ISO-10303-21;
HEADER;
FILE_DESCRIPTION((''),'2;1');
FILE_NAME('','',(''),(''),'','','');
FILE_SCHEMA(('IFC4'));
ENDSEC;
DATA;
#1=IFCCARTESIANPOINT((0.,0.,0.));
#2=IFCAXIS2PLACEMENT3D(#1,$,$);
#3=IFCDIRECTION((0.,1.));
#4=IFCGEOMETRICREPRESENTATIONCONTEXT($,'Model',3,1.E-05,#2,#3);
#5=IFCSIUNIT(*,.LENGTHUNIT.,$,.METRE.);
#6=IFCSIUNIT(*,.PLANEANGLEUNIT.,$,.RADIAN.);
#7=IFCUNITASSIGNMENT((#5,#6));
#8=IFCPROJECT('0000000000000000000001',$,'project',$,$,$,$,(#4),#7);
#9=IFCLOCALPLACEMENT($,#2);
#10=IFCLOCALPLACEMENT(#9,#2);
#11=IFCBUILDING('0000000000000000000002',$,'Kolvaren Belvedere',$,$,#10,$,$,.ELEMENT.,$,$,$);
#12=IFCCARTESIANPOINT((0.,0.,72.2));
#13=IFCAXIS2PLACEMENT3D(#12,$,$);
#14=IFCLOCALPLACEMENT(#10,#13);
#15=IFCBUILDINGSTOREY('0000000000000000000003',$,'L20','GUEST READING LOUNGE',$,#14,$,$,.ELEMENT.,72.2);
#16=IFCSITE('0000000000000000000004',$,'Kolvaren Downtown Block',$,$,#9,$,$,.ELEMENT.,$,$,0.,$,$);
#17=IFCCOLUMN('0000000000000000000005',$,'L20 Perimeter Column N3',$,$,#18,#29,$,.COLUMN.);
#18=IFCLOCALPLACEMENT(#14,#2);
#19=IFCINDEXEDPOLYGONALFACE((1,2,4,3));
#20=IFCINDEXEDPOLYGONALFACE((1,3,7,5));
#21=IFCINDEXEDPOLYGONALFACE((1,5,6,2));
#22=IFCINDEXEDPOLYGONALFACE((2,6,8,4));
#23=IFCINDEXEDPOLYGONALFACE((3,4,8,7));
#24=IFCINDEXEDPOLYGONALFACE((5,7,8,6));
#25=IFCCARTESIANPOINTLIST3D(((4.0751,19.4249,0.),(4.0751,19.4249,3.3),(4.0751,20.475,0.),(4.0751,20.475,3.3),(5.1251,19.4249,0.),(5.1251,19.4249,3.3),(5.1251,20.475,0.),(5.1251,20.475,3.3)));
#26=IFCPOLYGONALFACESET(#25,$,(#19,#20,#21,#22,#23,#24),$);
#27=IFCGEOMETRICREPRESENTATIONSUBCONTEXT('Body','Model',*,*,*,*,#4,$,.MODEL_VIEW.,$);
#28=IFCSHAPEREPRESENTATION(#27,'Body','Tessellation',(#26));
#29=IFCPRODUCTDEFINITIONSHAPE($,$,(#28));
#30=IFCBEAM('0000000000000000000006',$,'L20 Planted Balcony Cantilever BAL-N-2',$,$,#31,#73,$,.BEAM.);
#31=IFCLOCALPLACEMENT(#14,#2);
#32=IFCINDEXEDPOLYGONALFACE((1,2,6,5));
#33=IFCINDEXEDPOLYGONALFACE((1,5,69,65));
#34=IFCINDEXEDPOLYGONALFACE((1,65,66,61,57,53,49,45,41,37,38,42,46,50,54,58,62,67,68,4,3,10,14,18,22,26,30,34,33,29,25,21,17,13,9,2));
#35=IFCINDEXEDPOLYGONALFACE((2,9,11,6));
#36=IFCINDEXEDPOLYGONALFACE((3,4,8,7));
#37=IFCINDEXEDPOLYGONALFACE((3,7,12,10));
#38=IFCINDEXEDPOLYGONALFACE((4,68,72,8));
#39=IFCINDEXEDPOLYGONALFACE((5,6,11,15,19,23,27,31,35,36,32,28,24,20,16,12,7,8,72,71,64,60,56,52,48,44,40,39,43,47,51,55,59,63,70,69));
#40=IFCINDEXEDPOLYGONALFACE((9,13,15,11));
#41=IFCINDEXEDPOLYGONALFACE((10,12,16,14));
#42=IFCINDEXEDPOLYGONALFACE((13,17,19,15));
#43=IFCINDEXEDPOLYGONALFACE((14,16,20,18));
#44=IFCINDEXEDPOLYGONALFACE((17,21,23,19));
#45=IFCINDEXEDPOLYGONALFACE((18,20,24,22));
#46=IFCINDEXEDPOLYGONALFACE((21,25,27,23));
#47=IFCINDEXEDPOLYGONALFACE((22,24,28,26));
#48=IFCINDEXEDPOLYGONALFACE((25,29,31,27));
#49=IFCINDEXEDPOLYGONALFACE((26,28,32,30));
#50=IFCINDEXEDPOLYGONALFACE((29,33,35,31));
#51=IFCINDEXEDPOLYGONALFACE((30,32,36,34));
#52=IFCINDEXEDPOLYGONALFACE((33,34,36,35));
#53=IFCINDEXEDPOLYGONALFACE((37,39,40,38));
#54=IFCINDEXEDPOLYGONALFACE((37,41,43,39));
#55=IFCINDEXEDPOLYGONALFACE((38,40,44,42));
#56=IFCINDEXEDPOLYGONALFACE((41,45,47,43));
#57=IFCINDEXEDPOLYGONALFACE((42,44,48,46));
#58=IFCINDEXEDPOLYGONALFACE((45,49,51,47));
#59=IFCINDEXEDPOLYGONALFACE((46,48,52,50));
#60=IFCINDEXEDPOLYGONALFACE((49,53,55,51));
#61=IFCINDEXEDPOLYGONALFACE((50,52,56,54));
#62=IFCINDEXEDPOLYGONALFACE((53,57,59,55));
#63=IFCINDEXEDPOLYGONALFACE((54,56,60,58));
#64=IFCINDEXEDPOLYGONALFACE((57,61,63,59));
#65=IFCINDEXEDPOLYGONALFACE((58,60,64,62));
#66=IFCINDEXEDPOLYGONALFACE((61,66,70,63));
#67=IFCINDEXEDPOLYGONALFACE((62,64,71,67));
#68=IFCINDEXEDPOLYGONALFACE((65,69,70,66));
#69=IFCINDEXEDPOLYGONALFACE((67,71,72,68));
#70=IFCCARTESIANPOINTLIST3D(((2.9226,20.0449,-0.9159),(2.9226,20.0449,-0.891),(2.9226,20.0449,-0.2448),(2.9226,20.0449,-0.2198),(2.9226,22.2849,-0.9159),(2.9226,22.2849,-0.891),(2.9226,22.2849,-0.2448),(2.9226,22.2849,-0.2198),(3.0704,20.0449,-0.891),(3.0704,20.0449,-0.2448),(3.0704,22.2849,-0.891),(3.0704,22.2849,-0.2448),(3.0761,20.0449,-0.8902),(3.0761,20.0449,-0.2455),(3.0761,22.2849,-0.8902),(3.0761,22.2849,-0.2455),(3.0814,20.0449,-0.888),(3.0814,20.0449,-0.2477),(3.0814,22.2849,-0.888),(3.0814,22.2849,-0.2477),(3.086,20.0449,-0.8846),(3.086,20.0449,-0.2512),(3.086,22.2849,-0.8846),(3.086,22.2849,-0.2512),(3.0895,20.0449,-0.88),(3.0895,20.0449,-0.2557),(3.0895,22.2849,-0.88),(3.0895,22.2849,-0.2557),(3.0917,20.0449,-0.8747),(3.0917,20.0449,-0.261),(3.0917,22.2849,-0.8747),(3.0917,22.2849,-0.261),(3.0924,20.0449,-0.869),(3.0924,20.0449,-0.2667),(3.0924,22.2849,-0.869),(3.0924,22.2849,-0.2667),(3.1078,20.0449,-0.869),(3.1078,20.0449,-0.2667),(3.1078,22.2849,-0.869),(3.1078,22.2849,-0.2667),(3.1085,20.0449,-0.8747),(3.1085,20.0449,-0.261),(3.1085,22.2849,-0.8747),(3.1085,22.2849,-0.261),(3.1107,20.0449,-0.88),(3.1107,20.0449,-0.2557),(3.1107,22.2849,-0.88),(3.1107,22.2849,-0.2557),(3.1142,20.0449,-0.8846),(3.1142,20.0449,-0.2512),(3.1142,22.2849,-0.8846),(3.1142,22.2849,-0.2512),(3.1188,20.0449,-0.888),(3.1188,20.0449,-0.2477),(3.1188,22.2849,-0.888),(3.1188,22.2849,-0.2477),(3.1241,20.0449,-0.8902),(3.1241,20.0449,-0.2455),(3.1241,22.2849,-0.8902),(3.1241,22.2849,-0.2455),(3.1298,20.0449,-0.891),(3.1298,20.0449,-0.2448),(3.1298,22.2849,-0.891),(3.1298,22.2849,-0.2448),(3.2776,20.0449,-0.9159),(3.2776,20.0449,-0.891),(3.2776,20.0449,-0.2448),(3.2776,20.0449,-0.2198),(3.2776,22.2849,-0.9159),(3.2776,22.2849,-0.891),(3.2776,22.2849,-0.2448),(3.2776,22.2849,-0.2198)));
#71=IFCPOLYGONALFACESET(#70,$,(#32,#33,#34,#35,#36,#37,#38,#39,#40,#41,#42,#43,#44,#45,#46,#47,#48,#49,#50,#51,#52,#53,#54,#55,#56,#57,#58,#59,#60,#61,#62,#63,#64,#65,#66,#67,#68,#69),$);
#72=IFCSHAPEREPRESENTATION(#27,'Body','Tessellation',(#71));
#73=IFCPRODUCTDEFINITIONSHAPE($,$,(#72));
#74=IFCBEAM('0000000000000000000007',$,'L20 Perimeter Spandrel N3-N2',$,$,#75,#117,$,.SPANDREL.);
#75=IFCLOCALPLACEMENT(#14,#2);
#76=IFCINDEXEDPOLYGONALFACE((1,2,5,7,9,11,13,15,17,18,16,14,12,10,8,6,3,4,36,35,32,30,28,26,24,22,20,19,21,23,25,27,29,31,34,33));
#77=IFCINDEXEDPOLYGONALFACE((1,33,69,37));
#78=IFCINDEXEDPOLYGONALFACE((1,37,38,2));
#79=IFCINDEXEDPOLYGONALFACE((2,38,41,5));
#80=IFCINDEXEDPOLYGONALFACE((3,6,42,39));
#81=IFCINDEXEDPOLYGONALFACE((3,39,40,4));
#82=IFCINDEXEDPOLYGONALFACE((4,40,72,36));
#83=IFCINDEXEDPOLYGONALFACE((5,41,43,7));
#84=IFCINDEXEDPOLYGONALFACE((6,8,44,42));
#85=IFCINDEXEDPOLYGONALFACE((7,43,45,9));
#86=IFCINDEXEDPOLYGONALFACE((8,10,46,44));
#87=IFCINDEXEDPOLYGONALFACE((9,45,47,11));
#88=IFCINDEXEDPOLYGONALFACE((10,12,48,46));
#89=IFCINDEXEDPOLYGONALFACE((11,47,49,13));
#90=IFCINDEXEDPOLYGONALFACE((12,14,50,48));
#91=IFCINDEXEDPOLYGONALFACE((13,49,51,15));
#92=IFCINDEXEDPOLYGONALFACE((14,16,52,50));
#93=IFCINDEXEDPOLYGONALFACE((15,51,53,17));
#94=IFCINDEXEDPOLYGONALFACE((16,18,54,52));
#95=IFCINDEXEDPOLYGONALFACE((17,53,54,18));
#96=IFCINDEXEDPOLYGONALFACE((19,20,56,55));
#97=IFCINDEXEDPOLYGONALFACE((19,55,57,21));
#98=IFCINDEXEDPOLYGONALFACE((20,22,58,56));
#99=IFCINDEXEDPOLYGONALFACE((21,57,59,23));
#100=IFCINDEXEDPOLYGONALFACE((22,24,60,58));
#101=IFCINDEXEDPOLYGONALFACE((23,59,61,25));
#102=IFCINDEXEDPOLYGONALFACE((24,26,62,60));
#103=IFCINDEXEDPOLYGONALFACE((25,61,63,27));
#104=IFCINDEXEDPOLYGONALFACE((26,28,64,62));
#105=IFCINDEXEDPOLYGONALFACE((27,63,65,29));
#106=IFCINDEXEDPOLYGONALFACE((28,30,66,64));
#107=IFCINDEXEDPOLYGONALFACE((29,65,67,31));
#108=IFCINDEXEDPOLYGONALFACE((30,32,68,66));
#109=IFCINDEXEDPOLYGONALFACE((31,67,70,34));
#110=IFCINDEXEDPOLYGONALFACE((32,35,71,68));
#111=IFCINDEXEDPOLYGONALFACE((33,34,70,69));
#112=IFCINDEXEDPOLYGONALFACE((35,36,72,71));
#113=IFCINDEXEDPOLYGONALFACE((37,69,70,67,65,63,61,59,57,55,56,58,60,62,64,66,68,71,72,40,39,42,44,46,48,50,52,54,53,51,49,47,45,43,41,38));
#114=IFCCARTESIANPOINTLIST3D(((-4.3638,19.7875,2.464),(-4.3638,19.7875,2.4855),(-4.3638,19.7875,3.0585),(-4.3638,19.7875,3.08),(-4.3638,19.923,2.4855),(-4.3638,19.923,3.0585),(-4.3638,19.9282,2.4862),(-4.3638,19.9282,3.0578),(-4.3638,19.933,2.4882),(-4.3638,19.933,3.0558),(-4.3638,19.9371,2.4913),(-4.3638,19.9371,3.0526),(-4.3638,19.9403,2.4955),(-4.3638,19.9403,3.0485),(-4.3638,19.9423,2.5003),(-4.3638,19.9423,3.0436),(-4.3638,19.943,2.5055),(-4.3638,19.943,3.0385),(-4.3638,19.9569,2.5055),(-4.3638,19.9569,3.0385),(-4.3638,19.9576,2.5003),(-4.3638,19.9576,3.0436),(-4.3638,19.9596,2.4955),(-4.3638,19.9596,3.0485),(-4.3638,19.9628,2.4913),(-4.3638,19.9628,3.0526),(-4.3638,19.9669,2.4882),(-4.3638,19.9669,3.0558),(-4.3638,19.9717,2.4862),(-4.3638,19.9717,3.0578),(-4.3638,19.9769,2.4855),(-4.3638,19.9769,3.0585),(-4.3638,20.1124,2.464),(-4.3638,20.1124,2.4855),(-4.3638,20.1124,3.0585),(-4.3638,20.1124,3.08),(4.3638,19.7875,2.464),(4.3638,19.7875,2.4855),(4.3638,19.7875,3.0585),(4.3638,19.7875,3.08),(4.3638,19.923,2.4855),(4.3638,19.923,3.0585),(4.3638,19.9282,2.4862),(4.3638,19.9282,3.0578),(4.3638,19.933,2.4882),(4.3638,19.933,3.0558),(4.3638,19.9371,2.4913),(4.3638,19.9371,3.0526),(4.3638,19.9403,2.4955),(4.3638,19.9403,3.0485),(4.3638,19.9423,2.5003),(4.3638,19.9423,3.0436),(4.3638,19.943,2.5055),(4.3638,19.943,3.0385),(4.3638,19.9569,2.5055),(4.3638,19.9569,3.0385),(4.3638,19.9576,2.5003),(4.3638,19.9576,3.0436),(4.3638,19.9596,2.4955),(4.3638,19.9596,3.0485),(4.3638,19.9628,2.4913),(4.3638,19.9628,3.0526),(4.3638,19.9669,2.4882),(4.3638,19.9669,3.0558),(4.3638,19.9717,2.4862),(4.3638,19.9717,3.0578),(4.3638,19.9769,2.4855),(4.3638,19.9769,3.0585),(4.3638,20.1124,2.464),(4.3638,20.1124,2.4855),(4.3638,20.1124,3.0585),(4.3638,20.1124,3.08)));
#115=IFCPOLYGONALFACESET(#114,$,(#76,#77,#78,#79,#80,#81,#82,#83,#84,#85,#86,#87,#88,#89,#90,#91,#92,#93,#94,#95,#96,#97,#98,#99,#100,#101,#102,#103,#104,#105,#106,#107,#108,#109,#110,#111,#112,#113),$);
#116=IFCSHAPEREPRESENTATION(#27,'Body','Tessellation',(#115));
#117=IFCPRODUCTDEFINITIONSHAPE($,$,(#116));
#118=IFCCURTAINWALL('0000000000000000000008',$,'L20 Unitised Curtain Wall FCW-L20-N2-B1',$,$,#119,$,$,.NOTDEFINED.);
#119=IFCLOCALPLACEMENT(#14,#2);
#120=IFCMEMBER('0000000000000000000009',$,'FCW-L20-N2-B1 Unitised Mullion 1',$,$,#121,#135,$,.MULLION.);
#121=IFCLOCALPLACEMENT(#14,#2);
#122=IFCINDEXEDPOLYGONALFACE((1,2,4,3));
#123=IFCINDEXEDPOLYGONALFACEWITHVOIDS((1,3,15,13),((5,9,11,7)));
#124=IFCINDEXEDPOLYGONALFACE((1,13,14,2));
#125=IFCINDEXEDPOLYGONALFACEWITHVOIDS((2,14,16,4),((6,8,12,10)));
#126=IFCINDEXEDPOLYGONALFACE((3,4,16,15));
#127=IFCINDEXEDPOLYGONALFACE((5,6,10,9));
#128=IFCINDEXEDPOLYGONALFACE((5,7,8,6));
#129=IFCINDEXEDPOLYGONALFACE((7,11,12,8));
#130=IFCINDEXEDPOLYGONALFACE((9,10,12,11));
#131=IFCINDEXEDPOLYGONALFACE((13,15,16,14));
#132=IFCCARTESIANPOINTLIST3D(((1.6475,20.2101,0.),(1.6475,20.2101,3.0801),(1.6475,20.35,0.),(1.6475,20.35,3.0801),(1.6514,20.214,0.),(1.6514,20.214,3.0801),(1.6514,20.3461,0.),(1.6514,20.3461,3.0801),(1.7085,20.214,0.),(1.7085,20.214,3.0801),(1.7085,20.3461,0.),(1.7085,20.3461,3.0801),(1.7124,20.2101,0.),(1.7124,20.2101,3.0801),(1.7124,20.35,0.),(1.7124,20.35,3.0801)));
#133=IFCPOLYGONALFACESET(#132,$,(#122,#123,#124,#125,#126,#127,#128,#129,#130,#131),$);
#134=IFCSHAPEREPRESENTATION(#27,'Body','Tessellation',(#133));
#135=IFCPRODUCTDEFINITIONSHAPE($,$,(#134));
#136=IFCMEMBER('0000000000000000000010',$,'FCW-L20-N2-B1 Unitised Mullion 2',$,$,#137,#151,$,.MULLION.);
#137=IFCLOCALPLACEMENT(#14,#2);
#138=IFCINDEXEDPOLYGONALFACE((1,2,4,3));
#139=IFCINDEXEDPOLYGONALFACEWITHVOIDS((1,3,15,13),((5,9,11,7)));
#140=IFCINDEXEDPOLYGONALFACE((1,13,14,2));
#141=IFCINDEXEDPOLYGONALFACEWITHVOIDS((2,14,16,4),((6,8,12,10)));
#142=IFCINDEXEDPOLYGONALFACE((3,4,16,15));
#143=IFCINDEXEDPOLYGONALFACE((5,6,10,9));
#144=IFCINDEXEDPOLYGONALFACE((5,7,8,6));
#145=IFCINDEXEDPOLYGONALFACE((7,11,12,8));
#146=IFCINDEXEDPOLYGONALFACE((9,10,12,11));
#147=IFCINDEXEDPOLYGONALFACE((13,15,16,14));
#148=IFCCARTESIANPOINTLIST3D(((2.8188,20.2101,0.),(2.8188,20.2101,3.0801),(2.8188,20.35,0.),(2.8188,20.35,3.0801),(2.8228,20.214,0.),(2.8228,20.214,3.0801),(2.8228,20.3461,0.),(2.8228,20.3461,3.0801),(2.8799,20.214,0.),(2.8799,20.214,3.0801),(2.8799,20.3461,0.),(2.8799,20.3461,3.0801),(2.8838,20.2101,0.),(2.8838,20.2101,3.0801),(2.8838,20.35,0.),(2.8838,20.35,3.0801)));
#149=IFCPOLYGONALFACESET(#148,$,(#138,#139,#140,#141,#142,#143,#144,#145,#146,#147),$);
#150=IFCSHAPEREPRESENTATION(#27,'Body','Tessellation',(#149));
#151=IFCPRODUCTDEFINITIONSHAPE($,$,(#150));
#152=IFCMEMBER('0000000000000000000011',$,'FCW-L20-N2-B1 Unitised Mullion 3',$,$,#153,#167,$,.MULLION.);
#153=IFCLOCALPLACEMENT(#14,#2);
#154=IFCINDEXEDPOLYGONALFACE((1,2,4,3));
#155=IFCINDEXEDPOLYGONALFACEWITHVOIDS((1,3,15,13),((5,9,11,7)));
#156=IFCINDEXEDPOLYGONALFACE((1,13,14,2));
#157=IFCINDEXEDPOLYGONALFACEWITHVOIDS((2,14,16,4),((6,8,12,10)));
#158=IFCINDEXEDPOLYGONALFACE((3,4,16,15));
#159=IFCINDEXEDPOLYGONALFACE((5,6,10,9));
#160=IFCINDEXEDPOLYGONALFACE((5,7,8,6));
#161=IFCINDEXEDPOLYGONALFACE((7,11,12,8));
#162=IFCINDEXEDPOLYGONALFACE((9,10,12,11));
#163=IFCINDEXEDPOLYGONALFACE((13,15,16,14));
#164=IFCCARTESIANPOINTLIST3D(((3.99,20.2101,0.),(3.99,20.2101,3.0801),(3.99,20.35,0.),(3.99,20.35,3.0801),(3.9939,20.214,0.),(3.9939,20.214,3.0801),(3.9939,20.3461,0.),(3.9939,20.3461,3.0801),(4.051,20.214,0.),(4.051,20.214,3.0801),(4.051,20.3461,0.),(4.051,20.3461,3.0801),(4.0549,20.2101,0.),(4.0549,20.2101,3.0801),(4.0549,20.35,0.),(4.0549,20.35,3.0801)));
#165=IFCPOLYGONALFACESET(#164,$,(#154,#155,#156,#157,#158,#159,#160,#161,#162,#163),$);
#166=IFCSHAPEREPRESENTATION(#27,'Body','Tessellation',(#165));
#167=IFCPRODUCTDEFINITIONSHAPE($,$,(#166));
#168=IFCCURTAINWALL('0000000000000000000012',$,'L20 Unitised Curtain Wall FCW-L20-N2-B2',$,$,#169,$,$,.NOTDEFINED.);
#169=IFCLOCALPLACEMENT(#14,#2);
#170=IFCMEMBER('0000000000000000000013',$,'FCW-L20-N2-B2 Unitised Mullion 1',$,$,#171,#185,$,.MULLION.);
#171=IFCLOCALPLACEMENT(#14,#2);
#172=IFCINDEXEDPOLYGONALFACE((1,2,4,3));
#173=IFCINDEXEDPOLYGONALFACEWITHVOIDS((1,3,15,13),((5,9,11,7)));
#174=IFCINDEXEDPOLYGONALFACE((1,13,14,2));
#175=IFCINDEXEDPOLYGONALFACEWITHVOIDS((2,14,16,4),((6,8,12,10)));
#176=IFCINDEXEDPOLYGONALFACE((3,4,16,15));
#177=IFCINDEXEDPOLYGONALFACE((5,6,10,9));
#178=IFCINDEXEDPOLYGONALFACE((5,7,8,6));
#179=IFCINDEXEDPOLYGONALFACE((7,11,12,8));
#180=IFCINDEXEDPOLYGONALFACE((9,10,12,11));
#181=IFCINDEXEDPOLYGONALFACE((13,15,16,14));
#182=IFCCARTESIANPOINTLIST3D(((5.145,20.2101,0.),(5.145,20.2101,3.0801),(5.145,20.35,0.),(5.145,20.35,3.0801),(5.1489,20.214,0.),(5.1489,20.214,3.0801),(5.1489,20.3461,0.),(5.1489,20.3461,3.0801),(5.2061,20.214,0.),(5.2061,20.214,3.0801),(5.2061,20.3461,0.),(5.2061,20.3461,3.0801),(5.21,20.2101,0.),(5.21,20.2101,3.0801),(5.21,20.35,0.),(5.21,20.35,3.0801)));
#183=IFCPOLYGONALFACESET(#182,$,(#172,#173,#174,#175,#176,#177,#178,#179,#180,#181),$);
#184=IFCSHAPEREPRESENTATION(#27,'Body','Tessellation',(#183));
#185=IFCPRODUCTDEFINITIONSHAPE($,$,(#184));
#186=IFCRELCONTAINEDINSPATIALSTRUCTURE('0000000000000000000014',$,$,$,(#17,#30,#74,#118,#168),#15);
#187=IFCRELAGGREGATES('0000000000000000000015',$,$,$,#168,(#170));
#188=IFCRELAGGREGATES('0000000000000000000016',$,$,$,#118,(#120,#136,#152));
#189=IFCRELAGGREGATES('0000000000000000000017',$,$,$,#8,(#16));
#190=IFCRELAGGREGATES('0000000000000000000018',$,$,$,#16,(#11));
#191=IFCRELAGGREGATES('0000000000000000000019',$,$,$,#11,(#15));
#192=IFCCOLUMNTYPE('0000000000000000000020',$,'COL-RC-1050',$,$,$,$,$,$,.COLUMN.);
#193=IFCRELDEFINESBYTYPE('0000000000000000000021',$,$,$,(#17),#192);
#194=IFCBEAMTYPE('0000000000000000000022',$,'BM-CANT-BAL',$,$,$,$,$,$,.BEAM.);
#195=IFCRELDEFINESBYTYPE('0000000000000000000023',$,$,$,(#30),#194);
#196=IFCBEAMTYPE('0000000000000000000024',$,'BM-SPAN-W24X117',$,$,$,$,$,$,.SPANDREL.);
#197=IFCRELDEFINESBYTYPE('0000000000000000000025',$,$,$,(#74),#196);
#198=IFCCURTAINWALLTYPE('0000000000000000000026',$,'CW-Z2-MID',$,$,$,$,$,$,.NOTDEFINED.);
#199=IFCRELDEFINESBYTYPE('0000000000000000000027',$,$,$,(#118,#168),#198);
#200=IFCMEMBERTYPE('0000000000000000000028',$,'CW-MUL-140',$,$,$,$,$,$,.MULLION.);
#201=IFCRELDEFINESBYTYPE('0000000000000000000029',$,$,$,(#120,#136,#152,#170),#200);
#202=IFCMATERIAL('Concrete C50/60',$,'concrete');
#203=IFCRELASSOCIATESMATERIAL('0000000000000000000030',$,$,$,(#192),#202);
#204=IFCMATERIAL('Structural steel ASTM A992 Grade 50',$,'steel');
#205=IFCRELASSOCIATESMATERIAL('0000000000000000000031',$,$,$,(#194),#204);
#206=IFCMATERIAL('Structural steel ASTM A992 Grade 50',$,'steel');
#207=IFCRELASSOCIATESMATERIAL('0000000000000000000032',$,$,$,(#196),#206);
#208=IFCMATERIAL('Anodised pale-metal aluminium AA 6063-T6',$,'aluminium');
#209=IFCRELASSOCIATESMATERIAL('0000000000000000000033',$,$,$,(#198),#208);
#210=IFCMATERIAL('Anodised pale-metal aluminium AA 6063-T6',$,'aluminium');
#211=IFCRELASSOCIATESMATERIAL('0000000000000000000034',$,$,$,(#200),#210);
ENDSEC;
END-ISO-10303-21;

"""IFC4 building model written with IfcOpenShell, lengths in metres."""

from ifc_helpers import new_model, si_unit, direction, frame, origin, origin_2d, place, context, subcontext, project, spatial, rectangle, hollow_rectangle, i_section, extrude, material, material_profile, profile_set, type_object, element, aggregate, save


model = new_model("IFC4")

# Units and contexts
model_context = context("Model", 3, precision=1e-05, world=origin(), true_north=direction((0.0, 1.0)))
body_context = subcontext(model_context, "Body", "Model", "MODEL_VIEW")
ifc_project = project(units=[si_unit("LENGTHUNIT", "METRE"), si_unit("PLANEANGLEUNIT", "RADIAN")], contexts=[model_context])

# Site, building, storey
site_placement = place(None, origin())
site = spatial("IfcSite", under=ifc_project, at=site_placement, Name="Kolvaren Downtown Block", CompositionType="ELEMENT", RefElevation=0.0)
building_placement = place(site_placement, origin())
building = spatial("IfcBuilding", under=site, at=building_placement, Name="Kolvaren Belvedere", CompositionType="ELEMENT")
storey_placement = place(building_placement, frame((0.0, 0.0, 72.2)))
storey = spatial("IfcBuildingStorey", under=building, at=storey_placement, Name="L20", Description="GUEST READING LOUNGE", CompositionType="ELEMENT", Elevation=72.2)

# Column
ifc_material_1 = material(Name="Concrete C50/60", Category="concrete")
ifc_material_profile_1 = material_profile(ifc_material_1, rectangle(XDim=1.05, YDim=1.05, at=origin_2d()), Name="RC 1050X1050")
ifc_profile_set_1 = profile_set([ifc_material_profile_1], Name="Concrete C50/60")
column_type = type_object("IfcColumnType", Name="COL-RC-1050", PredefinedType="COLUMN", material=ifc_profile_set_1)
column_placement = place(storey_placement, frame((4.6001, 19.95, 0.0), z_axis=(0.0, 0.0, 1.0), x_axis=(1.0, 0.0, 0.0)))
element("IfcColumn", 1, at=column_placement, inside=storey, type_object=column_type, Name="L20 Perimeter Column N3", PredefinedType="COLUMN", context=body_context, shape_type="SweptSolid", body=[
    extrude(rectangle(XDim=1.05, YDim=1.05, at=origin_2d()), origin(), (0.0, 0.0, 1.0), 3.3),
])

# Beams
ifc_material_2 = material(Name="Structural steel ASTM A992 Grade 50", Category="steel")
ifc_material_profile_2 = material_profile(ifc_material_2, i_section(OverallWidth=0.355, OverallDepth=0.696, WebThickness=0.0154, FlangeThickness=0.0249, FilletRadius=0.022, at=origin_2d()), Name="W27X146")
ifc_profile_set_2 = profile_set([ifc_material_profile_2], Name="Structural steel ASTM A992 Grade 50")
beam_type_1 = type_object("IfcBeamType", Name="BM-CANT-BAL", PredefinedType="BEAM", material=ifc_profile_set_2)
beam_1_placement = place(storey_placement, frame((3.1001, 20.0449, -0.5679), z_axis=(0.0, 1.0, 0.0), x_axis=(-1.0, 0.0, 0.0)))
element("IfcBeam", 2, at=beam_1_placement, inside=storey, type_object=beam_type_1, Name="L20 Planted Balcony Cantilever BAL-N-2", PredefinedType="BEAM", context=body_context, shape_type="SweptSolid", body=[
    extrude(i_section(OverallWidth=0.355, OverallDepth=0.696, WebThickness=0.0154, FlangeThickness=0.0249, FilletRadius=0.022, at=origin_2d()), origin(), (0.0, 0.0, 1.0), 2.24),
])
ifc_material_3 = material(Name="Structural steel ASTM A992 Grade 50", Category="steel")
ifc_material_profile_3 = material_profile(ifc_material_3, i_section(OverallWidth=0.325, OverallDepth=0.616, WebThickness=0.0139, FlangeThickness=0.0215, FilletRadius=0.02, at=origin_2d()), Name="W24X117")
ifc_profile_set_3 = profile_set([ifc_material_profile_3], Name="Structural steel ASTM A992 Grade 50")
beam_type_2 = type_object("IfcBeamType", Name="BM-SPAN-W24X117", PredefinedType="SPANDREL", material=ifc_profile_set_3)
beam_2_placement = place(storey_placement, frame((4.3638, 19.95, 2.772), z_axis=(-1.0, 0.0, 0.0), x_axis=(0.0, -1.0, 0.0)))
element("IfcBeam", 3, at=beam_2_placement, inside=storey, type_object=beam_type_2, Name="L20 Perimeter Spandrel N3-N2", PredefinedType="SPANDREL", context=body_context, shape_type="SweptSolid", body=[
    extrude(i_section(OverallWidth=0.325, OverallDepth=0.616, WebThickness=0.0139, FlangeThickness=0.0215, FilletRadius=0.02, at=origin_2d()), origin(), (0.0, 0.0, 1.0), 8.7275),
])

# Curtain wall, members
ifc_material_4 = material(Name="Anodised pale-metal aluminium AA 6063-T6", Category="aluminium")
curtain_wall_type = type_object("IfcCurtainWallType", Name="CW-Z2-MID", PredefinedType="NOTDEFINED", material=ifc_material_4)
curtain_wall_1_placement = place(storey_placement, origin())
curtain_wall_1 = element("IfcCurtainWall", 4, at=curtain_wall_1_placement, inside=storey, type_object=curtain_wall_type, Name="L20 Unitised Curtain Wall FCW-L20-N2-B1", PredefinedType="NOTDEFINED")
ifc_material_5 = material(Name="Anodised pale-metal aluminium AA 6063-T6", Category="aluminium")
ifc_material_profile_4 = material_profile(ifc_material_5, hollow_rectangle(XDim=0.0649, YDim=0.1399, WallThickness=0.0039, at=origin_2d()), Name="ALU-MUL-140X65")
ifc_profile_set_4 = profile_set([ifc_material_profile_4], Name="Anodised pale-metal aluminium AA 6063-T6")
member_type_1 = type_object("IfcMemberType", Name="CW-MUL-140", PredefinedType="MULLION", material=ifc_profile_set_4)
member_1_placement = place(storey_placement, frame((1.6799, 20.28, 0.0), z_axis=(0.0, 0.0, 1.0), x_axis=(1.0, 0.0, 0.0)))
member_1 = element("IfcMember", 5, at=member_1_placement, type_object=member_type_1, Name="FCW-L20-N2-B1 Unitised Mullion 1", PredefinedType="MULLION", context=body_context, shape_type="SweptSolid", body=[
    extrude(hollow_rectangle(XDim=0.0649, YDim=0.1399, WallThickness=0.0039, at=origin_2d()), origin(), (0.0, 0.0, 1.0), 3.0801),
])
member_2_placement = place(storey_placement, frame((2.8513, 20.28, 0.0), z_axis=(0.0, 0.0, 1.0), x_axis=(1.0, 0.0, 0.0)))
member_2 = element("IfcMember", 6, at=member_2_placement, type_object=member_type_1, Name="FCW-L20-N2-B1 Unitised Mullion 2", PredefinedType="MULLION", context=body_context, shape_type="SweptSolid", body=[
    extrude(hollow_rectangle(XDim=0.0649, YDim=0.1399, WallThickness=0.0039, at=origin_2d()), origin(), (0.0, 0.0, 1.0), 3.0801),
])
member_3_placement = place(storey_placement, frame((4.0225, 20.28, 0.0), z_axis=(0.0, 0.0, 1.0), x_axis=(1.0, 0.0, 0.0)))
member_3 = element("IfcMember", 7, at=member_3_placement, type_object=member_type_1, Name="FCW-L20-N2-B1 Unitised Mullion 3", PredefinedType="MULLION", context=body_context, shape_type="SweptSolid", body=[
    extrude(hollow_rectangle(XDim=0.0649, YDim=0.1399, WallThickness=0.0039, at=origin_2d()), origin(), (0.0, 0.0, 1.0), 3.0801),
])

# Curtain wall, member
curtain_wall_2_placement = place(storey_placement, origin())
curtain_wall_2 = element("IfcCurtainWall", 8, at=curtain_wall_2_placement, inside=storey, type_object=curtain_wall_type, Name="L20 Unitised Curtain Wall FCW-L20-N2-B2", PredefinedType="NOTDEFINED")
member_4_placement = place(storey_placement, frame((5.1775, 20.28, 0.0), z_axis=(0.0, 0.0, 1.0), x_axis=(1.0, 0.0, 0.0)))
member_4 = element("IfcMember", 9, at=member_4_placement, type_object=member_type_1, Name="FCW-L20-N2-B2 Unitised Mullion 1", PredefinedType="MULLION", context=body_context, shape_type="SweptSolid", body=[
    extrude(hollow_rectangle(XDim=0.0649, YDim=0.1399, WallThickness=0.0039, at=origin_2d()), origin(), (0.0, 0.0, 1.0), 3.0801),
])

aggregate(curtain_wall_2, [member_4])

aggregate(curtain_wall_1, [member_1, member_2, member_3])

save(model, "model.ifc")
